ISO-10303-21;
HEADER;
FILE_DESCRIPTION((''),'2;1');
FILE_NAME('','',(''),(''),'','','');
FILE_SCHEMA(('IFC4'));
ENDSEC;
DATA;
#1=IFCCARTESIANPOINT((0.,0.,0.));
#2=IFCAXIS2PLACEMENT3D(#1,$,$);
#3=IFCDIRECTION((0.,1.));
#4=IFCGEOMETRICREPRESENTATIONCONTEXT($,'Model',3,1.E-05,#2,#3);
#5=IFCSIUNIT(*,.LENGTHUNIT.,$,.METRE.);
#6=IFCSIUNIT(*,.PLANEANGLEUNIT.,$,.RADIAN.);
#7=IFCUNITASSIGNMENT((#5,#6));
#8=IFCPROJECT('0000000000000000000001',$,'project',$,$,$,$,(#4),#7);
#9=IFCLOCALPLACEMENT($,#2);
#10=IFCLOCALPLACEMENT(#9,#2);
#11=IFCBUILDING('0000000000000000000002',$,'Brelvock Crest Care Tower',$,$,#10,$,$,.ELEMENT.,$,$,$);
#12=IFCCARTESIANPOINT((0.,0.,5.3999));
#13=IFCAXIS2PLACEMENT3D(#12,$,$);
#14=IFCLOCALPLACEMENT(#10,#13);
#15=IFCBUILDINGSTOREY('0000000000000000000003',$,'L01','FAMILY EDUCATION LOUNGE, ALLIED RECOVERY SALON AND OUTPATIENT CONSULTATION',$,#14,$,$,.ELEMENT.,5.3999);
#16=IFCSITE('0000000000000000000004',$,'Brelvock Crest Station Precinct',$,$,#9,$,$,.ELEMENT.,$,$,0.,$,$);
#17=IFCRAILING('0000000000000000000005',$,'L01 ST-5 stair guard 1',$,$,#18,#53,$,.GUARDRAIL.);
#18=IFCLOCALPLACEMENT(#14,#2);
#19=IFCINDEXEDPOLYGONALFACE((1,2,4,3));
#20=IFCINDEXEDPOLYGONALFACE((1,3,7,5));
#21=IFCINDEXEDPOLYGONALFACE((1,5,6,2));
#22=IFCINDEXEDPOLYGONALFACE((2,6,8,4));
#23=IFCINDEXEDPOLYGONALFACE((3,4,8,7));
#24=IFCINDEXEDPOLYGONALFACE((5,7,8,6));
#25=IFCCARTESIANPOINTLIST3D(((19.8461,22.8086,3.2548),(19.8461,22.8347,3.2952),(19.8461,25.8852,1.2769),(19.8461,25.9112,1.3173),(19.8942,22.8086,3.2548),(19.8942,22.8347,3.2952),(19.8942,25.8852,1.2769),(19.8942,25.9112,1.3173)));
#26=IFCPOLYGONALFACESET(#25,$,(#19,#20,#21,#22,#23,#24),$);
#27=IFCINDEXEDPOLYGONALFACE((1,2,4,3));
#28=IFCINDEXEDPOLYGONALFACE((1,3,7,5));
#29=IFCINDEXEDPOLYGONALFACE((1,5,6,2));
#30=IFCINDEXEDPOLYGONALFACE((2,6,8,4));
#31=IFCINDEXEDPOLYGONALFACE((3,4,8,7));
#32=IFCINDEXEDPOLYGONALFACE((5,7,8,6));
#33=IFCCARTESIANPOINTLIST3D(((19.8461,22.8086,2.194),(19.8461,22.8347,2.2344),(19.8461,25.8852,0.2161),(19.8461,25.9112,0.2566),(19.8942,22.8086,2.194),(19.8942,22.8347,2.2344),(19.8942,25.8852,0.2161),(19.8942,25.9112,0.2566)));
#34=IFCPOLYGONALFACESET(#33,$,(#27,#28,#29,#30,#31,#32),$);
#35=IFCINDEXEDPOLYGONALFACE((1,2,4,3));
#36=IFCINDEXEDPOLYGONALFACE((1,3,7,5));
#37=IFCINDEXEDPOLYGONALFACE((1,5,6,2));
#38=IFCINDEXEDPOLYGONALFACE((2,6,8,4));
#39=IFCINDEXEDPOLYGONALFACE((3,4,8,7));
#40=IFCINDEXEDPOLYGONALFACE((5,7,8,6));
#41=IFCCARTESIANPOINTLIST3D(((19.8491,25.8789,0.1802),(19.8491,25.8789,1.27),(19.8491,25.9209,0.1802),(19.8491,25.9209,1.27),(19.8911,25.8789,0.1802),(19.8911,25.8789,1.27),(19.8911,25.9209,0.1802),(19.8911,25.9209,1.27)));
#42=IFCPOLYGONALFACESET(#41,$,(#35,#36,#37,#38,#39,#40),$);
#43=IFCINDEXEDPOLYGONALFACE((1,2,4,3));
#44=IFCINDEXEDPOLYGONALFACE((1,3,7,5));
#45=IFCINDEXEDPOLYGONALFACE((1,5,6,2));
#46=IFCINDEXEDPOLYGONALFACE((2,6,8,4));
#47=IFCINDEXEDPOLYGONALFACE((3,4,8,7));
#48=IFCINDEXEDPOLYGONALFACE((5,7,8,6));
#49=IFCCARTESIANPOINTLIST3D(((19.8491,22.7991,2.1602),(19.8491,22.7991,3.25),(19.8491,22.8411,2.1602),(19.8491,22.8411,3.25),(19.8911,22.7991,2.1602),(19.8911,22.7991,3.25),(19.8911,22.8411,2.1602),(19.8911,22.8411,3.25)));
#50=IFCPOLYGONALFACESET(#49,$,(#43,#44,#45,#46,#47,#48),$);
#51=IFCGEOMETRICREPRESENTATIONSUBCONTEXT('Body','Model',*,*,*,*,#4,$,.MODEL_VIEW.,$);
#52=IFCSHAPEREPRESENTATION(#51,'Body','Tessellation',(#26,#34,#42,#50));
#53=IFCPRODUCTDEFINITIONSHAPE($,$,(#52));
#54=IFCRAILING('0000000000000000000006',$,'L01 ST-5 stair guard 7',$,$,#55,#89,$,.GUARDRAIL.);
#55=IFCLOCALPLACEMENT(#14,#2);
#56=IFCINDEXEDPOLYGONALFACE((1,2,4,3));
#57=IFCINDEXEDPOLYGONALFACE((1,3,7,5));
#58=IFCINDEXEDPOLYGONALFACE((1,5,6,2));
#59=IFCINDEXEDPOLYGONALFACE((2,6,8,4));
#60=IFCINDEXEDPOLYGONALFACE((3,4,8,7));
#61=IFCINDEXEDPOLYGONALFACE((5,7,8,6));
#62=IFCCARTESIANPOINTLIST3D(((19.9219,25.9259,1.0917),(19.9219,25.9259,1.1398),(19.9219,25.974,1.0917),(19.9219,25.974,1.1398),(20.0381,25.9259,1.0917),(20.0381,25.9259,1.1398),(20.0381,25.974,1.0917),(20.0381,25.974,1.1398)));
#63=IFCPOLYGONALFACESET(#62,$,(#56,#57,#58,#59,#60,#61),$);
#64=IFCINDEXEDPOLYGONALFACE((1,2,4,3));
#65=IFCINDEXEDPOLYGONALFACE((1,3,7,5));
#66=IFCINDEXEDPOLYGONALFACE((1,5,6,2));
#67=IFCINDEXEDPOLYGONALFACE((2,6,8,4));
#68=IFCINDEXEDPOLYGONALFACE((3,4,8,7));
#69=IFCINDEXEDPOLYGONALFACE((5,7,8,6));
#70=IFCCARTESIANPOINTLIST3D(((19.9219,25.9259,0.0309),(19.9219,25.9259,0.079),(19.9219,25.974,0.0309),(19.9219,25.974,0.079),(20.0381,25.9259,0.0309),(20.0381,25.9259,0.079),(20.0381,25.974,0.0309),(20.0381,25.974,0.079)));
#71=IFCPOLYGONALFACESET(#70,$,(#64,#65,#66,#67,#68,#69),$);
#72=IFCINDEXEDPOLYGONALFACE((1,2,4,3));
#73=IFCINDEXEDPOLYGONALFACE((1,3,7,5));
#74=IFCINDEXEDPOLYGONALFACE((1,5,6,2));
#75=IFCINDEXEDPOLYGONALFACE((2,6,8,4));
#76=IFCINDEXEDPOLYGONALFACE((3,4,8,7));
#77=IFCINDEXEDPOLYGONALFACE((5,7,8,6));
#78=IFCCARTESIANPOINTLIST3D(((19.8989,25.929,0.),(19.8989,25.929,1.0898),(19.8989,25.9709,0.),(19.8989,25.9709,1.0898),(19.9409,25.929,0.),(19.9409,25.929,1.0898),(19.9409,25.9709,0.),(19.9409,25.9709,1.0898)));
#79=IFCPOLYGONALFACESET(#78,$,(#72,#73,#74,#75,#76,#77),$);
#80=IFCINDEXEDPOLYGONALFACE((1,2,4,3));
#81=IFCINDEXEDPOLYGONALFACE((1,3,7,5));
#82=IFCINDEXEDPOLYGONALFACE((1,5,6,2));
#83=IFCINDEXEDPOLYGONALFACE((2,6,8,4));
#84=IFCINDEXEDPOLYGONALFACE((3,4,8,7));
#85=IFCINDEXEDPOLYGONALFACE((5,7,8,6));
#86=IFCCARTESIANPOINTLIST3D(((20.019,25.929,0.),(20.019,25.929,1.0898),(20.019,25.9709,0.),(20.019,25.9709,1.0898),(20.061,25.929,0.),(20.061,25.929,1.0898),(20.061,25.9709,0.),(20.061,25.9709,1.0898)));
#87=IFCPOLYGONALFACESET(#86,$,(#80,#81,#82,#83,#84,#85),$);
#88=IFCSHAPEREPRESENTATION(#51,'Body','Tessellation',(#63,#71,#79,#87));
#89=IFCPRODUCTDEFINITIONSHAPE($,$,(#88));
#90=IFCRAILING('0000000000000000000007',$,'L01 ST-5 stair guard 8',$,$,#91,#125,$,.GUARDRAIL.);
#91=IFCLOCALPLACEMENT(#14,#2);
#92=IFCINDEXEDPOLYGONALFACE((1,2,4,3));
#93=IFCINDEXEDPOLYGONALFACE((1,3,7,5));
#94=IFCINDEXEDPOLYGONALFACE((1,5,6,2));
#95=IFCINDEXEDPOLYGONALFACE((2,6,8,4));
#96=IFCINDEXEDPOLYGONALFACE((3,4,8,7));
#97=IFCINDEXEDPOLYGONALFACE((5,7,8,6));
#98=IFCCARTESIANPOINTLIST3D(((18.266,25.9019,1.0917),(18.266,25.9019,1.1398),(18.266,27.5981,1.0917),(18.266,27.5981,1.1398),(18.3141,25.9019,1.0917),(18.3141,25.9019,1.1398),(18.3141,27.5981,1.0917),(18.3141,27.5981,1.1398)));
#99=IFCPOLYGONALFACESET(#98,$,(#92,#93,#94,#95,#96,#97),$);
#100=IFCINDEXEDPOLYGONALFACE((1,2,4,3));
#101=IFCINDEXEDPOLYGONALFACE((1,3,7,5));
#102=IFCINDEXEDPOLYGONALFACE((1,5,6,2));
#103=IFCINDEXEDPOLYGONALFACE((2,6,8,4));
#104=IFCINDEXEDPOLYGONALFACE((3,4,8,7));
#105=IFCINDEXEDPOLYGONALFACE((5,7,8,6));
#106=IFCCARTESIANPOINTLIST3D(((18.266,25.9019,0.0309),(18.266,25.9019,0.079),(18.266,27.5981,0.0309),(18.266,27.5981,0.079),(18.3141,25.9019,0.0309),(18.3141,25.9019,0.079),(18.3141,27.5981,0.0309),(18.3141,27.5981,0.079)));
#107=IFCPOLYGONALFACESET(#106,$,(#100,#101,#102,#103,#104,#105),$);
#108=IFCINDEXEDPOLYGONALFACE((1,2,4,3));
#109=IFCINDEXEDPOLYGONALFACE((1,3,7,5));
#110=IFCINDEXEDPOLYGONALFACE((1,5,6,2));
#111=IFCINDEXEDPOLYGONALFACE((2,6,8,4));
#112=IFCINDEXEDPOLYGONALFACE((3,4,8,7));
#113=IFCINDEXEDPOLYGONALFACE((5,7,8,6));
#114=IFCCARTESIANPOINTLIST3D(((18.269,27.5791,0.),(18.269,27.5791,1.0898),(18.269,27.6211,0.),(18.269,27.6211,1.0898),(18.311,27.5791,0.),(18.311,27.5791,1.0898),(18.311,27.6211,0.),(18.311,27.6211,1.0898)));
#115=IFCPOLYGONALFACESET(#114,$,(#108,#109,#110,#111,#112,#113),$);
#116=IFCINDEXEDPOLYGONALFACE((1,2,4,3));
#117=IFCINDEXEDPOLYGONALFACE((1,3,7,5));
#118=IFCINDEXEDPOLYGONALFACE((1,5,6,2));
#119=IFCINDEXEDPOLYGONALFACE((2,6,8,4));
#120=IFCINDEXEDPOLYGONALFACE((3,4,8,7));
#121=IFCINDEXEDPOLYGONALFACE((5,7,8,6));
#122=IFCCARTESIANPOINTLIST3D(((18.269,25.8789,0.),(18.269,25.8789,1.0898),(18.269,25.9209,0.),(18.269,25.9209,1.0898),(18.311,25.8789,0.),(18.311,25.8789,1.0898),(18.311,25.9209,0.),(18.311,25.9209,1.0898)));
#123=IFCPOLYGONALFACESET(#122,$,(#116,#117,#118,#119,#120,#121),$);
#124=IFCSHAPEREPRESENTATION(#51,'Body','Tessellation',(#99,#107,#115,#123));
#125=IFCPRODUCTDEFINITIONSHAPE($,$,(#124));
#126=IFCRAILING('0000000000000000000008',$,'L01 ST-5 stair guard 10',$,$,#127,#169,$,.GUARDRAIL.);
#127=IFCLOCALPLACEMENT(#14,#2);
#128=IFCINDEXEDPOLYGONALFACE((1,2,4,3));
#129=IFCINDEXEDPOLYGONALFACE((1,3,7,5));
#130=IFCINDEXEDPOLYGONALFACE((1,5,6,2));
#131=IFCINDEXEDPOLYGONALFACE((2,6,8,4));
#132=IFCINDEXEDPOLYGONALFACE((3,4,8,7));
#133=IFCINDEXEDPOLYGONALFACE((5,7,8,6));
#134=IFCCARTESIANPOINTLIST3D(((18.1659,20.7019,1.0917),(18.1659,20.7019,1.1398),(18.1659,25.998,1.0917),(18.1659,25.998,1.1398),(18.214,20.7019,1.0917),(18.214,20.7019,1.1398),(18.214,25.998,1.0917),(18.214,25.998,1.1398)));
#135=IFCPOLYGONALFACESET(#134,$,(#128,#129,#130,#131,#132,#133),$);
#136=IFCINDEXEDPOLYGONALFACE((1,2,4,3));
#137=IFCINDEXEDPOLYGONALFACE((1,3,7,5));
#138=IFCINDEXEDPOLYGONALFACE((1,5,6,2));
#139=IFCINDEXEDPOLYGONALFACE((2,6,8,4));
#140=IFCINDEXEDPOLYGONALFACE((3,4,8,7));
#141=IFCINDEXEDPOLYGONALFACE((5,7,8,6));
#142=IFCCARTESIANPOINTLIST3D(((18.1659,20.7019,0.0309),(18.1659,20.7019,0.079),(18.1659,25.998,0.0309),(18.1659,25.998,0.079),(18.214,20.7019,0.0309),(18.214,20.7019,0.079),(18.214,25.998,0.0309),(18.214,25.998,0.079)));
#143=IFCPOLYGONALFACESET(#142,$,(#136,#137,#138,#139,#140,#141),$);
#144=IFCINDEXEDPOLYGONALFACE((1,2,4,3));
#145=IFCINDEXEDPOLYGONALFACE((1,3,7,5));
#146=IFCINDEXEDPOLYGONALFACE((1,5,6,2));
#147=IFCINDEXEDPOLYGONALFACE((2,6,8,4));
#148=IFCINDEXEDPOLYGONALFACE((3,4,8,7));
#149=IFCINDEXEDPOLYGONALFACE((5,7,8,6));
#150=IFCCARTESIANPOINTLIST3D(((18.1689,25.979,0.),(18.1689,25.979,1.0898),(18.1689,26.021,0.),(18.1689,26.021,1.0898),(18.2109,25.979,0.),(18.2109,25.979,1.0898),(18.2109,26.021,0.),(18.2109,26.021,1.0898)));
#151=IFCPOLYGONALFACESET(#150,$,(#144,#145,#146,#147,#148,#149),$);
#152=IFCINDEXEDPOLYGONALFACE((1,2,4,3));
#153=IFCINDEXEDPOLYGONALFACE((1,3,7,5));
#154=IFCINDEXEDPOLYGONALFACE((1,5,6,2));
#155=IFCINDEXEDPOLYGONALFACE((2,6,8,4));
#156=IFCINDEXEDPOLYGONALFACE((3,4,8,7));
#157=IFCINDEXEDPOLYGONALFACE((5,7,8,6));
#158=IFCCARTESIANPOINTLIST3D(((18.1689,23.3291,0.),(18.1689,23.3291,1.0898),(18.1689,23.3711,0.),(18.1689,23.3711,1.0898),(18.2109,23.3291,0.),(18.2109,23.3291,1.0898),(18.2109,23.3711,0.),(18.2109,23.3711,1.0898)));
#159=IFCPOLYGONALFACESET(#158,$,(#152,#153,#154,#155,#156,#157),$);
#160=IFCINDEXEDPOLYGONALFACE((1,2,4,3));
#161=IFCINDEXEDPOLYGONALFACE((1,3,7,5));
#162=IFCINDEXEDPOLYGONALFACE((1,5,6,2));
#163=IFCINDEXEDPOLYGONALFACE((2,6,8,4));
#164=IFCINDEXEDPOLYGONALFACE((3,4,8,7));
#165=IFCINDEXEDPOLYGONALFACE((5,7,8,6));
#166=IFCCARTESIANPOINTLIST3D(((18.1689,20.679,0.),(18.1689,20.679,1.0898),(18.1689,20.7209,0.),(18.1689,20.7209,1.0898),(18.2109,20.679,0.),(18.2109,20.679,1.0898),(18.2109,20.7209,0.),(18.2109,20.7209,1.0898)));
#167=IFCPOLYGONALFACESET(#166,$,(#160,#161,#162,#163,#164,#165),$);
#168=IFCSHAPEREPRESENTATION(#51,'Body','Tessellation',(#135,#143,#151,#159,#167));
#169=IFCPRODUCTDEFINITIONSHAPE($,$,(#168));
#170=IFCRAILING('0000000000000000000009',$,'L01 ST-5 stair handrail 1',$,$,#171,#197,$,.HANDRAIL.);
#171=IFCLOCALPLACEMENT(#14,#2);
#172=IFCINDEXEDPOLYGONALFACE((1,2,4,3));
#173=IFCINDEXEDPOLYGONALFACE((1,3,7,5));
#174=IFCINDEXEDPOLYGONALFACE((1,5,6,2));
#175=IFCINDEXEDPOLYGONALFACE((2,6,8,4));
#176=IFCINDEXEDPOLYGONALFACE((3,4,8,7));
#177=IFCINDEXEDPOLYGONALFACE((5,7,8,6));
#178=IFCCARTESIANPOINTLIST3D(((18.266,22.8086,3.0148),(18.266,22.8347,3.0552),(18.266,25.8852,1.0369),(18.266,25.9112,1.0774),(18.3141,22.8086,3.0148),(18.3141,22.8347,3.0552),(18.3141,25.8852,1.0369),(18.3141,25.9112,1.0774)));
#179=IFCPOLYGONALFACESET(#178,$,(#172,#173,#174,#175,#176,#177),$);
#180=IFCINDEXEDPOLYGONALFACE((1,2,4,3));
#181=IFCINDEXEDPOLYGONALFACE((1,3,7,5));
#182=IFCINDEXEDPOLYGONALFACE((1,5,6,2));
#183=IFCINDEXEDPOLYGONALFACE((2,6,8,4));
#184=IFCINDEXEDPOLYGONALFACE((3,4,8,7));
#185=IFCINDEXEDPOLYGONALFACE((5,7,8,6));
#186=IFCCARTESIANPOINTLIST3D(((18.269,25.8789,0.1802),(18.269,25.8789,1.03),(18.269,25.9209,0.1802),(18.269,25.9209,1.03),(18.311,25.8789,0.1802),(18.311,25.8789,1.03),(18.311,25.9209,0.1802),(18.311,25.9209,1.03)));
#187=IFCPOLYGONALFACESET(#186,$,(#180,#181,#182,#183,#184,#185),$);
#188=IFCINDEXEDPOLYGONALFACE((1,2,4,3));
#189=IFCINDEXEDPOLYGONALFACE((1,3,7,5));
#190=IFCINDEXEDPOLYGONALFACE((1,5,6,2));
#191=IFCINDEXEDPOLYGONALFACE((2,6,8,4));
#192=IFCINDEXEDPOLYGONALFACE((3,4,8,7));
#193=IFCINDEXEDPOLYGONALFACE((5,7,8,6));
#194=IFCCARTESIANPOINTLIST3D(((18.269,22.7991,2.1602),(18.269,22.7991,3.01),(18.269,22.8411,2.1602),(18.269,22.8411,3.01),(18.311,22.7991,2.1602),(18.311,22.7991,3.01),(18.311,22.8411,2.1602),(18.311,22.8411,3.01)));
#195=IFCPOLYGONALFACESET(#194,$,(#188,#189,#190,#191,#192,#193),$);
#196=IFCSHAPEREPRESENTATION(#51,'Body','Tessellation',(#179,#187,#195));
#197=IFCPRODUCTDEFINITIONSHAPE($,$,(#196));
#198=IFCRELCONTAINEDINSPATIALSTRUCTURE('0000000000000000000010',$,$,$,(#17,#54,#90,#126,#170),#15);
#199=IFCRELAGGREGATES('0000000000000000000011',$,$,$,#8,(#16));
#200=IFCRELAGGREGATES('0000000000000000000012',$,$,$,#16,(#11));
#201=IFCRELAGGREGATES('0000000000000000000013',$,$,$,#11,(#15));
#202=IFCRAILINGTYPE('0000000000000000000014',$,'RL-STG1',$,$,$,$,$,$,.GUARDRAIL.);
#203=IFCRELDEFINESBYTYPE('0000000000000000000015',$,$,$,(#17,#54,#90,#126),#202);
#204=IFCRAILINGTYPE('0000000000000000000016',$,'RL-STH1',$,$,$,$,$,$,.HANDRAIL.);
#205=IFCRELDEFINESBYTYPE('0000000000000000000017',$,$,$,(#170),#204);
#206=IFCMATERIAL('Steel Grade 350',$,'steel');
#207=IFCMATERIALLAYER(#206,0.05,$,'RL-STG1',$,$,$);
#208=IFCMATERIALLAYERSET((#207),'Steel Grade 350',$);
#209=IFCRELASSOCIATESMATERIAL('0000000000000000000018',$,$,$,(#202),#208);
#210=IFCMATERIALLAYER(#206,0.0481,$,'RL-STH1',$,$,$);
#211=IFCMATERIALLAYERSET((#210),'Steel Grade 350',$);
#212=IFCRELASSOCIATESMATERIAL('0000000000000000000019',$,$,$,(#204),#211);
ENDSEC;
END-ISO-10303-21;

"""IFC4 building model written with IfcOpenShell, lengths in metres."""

from ifc_helpers import new_model, si_unit, direction, frame, origin, origin_2d, place, context, subcontext, project, spatial, rectangle, extrude, material, layer, layer_set, type_object, element, save


model = new_model("IFC4")

# Units and contexts
model_context = context("Model", 3, precision=1e-05, world=origin(), true_north=direction((0.0, 1.0)))
body_context = subcontext(model_context, "Body", "Model", "MODEL_VIEW")
ifc_project = project(units=[si_unit("LENGTHUNIT", "METRE"), si_unit("PLANEANGLEUNIT", "RADIAN")], contexts=[model_context])

# Site, building, storey
site_placement = place(None, origin())
site = spatial("IfcSite", under=ifc_project, at=site_placement, Name="Brelvock Crest Station Precinct", CompositionType="ELEMENT", RefElevation=0.0)
building_placement = place(site_placement, origin())
building = spatial("IfcBuilding", under=site, at=building_placement, Name="Brelvock Crest Care Tower", CompositionType="ELEMENT")
storey_placement = place(building_placement, frame((0.0, 0.0, 5.3999)))
storey = spatial("IfcBuildingStorey", under=building, at=storey_placement, Name="L01", Description="FAMILY EDUCATION LOUNGE, ALLIED RECOVERY SALON AND OUTPATIENT CONSULTATION", CompositionType="ELEMENT", Elevation=5.3999)

# Shared definitions
ifc_material_1 = material(Name="Steel Grade 350", Category="steel")

# Railings
ifc_layer_1 = layer(ifc_material_1, 0.05, Name="RL-STG1")
ifc_layer_set_1 = layer_set([ifc_layer_1], Name="Steel Grade 350")
railing_type_1 = type_object("IfcRailingType", Name="RL-STG1", PredefinedType="GUARDRAIL", material=ifc_layer_set_1)
railing_1_placement = place(storey_placement, frame((19.8701, 25.8999, 0.1802)))
element("IfcRailing", 1, at=railing_1_placement, inside=storey, type_object=railing_type_1, Name="L01 ST-5 stair guard 1", PredefinedType="GUARDRAIL", context=body_context, shape_type="SweptSolid", body=[
    extrude(rectangle(XDim=0.0481, YDim=0.0481, at=origin_2d()), frame((0.0, -0.0017, 1.1169), z_axis=(0.0, -0.841168, 0.540774), x_axis=(1.0, 0.0, 0.0)), (0.0, 0.0, 1.0), 3.6575),
    extrude(rectangle(XDim=0.0481, YDim=0.0481, at=origin_2d()), frame((0.0, -0.0017, 0.0562), z_axis=(0.0, -0.841168, 0.540774), x_axis=(1.0, 0.0, 0.0)), (0.0, 0.0, 1.0), 3.6575),
    extrude(rectangle(XDim=0.042, YDim=0.042, at=origin_2d()), origin(), (0.0, 0.0, 1.0), 1.0898),
    extrude(rectangle(XDim=0.042, YDim=0.042, at=origin_2d()), frame((0.0, -3.0798, 1.98)), (0.0, 0.0, 1.0), 1.0898),
])
railing_2_placement = place(storey_placement, frame((19.9199, 25.95, 0.0)))
element("IfcRailing", 2, at=railing_2_placement, inside=storey, type_object=railing_type_1, Name="L01 ST-5 stair guard 7", PredefinedType="GUARDRAIL", context=body_context, shape_type="SweptSolid", body=[
    extrude(rectangle(XDim=0.0481, YDim=0.0481, at=origin_2d()), frame((0.002, 0.0, 1.1157), z_axis=(1.0, 0.0, 0.0), x_axis=(0.0, 1.0, 0.0)), (0.0, 0.0, 1.0), 0.1162),
    extrude(rectangle(XDim=0.0481, YDim=0.0481, at=origin_2d()), frame((0.002, 0.0, 0.0549), z_axis=(1.0, 0.0, 0.0), x_axis=(0.0, 1.0, 0.0)), (0.0, 0.0, 1.0), 0.1162),
    extrude(rectangle(XDim=0.042, YDim=0.042, at=origin_2d()), origin(), (0.0, 0.0, 1.0), 1.0898),
    extrude(rectangle(XDim=0.042, YDim=0.042, at=origin_2d()), frame((0.1201, 0.0, 0.0)), (0.0, 0.0, 1.0), 1.0898),
])
railing_3_placement = place(storey_placement, frame((18.29, 27.6001, 0.0)))
element("IfcRailing", 3, at=railing_3_placement, inside=storey, type_object=railing_type_1, Name="L01 ST-5 stair guard 8", PredefinedType="GUARDRAIL", context=body_context, shape_type="SweptSolid", body=[
    extrude(rectangle(XDim=0.0481, YDim=0.0481, at=origin_2d()), frame((0.0, -0.002, 1.1157), z_axis=(0.0, -1.0, 0.0), x_axis=(1.0, 0.0, 0.0)), (0.0, 0.0, 1.0), 1.6963),
    extrude(rectangle(XDim=0.0481, YDim=0.0481, at=origin_2d()), frame((0.0, -0.002, 0.0549), z_axis=(0.0, -1.0, 0.0), x_axis=(1.0, 0.0, 0.0)), (0.0, 0.0, 1.0), 1.6963),
    extrude(rectangle(XDim=0.042, YDim=0.042, at=origin_2d()), origin(), (0.0, 0.0, 1.0), 1.0898),
    extrude(rectangle(XDim=0.042, YDim=0.042, at=origin_2d()), frame((0.0, -1.7002, 0.0)), (0.0, 0.0, 1.0), 1.0898),
])
railing_4_placement = place(storey_placement, frame((18.1899, 26.0, 0.0)))
element("IfcRailing", 4, at=railing_4_placement, inside=storey, type_object=railing_type_1, Name="L01 ST-5 stair guard 10", PredefinedType="GUARDRAIL", context=body_context, shape_type="SweptSolid", body=[
    extrude(rectangle(XDim=0.0481, YDim=0.0481, at=origin_2d()), frame((0.0, -0.002, 1.1157), z_axis=(0.0, -1.0, 0.0), x_axis=(1.0, 0.0, 0.0)), (0.0, 0.0, 1.0), 5.2961),
    extrude(rectangle(XDim=0.0481, YDim=0.0481, at=origin_2d()), frame((0.0, -0.002, 0.0549), z_axis=(0.0, -1.0, 0.0), x_axis=(1.0, 0.0, 0.0)), (0.0, 0.0, 1.0), 5.2961),
    extrude(rectangle(XDim=0.042, YDim=0.042, at=origin_2d()), origin(), (0.0, 0.0, 1.0), 1.0898),
    extrude(rectangle(XDim=0.042, YDim=0.042, at=origin_2d()), frame((0.0, -2.6499, 0.0)), (0.0, 0.0, 1.0), 1.0898),
    extrude(rectangle(XDim=0.042, YDim=0.042, at=origin_2d()), frame((0.0, -5.3, 0.0)), (0.0, 0.0, 1.0), 1.0898),
])
ifc_layer_2 = layer(ifc_material_1, 0.0481, Name="RL-STH1")
ifc_layer_set_2 = layer_set([ifc_layer_2], Name="Steel Grade 350")
railing_type_2 = type_object("IfcRailingType", Name="RL-STH1", PredefinedType="HANDRAIL", material=ifc_layer_set_2)
railing_5_placement = place(storey_placement, frame((18.29, 25.8999, 0.1802)))
element("IfcRailing", 5, at=railing_5_placement, inside=storey, type_object=railing_type_2, Name="L01 ST-5 stair handrail 1", PredefinedType="HANDRAIL", context=body_context, shape_type="SweptSolid", body=[
    extrude(rectangle(XDim=0.0481, YDim=0.0481, at=origin_2d()), frame((0.0, -0.0017, 0.877), z_axis=(0.0, -0.841168, 0.540774), x_axis=(1.0, 0.0, 0.0)), (0.0, 0.0, 1.0), 3.6575),
    extrude(rectangle(XDim=0.042, YDim=0.042, at=origin_2d()), origin(), (0.0, 0.0, 1.0), 0.8499),
    extrude(rectangle(XDim=0.042, YDim=0.042, at=origin_2d()), frame((0.0, -3.0798, 1.98)), (0.0, 0.0, 1.0), 0.8499),
])

save(model, "model.ifc")
